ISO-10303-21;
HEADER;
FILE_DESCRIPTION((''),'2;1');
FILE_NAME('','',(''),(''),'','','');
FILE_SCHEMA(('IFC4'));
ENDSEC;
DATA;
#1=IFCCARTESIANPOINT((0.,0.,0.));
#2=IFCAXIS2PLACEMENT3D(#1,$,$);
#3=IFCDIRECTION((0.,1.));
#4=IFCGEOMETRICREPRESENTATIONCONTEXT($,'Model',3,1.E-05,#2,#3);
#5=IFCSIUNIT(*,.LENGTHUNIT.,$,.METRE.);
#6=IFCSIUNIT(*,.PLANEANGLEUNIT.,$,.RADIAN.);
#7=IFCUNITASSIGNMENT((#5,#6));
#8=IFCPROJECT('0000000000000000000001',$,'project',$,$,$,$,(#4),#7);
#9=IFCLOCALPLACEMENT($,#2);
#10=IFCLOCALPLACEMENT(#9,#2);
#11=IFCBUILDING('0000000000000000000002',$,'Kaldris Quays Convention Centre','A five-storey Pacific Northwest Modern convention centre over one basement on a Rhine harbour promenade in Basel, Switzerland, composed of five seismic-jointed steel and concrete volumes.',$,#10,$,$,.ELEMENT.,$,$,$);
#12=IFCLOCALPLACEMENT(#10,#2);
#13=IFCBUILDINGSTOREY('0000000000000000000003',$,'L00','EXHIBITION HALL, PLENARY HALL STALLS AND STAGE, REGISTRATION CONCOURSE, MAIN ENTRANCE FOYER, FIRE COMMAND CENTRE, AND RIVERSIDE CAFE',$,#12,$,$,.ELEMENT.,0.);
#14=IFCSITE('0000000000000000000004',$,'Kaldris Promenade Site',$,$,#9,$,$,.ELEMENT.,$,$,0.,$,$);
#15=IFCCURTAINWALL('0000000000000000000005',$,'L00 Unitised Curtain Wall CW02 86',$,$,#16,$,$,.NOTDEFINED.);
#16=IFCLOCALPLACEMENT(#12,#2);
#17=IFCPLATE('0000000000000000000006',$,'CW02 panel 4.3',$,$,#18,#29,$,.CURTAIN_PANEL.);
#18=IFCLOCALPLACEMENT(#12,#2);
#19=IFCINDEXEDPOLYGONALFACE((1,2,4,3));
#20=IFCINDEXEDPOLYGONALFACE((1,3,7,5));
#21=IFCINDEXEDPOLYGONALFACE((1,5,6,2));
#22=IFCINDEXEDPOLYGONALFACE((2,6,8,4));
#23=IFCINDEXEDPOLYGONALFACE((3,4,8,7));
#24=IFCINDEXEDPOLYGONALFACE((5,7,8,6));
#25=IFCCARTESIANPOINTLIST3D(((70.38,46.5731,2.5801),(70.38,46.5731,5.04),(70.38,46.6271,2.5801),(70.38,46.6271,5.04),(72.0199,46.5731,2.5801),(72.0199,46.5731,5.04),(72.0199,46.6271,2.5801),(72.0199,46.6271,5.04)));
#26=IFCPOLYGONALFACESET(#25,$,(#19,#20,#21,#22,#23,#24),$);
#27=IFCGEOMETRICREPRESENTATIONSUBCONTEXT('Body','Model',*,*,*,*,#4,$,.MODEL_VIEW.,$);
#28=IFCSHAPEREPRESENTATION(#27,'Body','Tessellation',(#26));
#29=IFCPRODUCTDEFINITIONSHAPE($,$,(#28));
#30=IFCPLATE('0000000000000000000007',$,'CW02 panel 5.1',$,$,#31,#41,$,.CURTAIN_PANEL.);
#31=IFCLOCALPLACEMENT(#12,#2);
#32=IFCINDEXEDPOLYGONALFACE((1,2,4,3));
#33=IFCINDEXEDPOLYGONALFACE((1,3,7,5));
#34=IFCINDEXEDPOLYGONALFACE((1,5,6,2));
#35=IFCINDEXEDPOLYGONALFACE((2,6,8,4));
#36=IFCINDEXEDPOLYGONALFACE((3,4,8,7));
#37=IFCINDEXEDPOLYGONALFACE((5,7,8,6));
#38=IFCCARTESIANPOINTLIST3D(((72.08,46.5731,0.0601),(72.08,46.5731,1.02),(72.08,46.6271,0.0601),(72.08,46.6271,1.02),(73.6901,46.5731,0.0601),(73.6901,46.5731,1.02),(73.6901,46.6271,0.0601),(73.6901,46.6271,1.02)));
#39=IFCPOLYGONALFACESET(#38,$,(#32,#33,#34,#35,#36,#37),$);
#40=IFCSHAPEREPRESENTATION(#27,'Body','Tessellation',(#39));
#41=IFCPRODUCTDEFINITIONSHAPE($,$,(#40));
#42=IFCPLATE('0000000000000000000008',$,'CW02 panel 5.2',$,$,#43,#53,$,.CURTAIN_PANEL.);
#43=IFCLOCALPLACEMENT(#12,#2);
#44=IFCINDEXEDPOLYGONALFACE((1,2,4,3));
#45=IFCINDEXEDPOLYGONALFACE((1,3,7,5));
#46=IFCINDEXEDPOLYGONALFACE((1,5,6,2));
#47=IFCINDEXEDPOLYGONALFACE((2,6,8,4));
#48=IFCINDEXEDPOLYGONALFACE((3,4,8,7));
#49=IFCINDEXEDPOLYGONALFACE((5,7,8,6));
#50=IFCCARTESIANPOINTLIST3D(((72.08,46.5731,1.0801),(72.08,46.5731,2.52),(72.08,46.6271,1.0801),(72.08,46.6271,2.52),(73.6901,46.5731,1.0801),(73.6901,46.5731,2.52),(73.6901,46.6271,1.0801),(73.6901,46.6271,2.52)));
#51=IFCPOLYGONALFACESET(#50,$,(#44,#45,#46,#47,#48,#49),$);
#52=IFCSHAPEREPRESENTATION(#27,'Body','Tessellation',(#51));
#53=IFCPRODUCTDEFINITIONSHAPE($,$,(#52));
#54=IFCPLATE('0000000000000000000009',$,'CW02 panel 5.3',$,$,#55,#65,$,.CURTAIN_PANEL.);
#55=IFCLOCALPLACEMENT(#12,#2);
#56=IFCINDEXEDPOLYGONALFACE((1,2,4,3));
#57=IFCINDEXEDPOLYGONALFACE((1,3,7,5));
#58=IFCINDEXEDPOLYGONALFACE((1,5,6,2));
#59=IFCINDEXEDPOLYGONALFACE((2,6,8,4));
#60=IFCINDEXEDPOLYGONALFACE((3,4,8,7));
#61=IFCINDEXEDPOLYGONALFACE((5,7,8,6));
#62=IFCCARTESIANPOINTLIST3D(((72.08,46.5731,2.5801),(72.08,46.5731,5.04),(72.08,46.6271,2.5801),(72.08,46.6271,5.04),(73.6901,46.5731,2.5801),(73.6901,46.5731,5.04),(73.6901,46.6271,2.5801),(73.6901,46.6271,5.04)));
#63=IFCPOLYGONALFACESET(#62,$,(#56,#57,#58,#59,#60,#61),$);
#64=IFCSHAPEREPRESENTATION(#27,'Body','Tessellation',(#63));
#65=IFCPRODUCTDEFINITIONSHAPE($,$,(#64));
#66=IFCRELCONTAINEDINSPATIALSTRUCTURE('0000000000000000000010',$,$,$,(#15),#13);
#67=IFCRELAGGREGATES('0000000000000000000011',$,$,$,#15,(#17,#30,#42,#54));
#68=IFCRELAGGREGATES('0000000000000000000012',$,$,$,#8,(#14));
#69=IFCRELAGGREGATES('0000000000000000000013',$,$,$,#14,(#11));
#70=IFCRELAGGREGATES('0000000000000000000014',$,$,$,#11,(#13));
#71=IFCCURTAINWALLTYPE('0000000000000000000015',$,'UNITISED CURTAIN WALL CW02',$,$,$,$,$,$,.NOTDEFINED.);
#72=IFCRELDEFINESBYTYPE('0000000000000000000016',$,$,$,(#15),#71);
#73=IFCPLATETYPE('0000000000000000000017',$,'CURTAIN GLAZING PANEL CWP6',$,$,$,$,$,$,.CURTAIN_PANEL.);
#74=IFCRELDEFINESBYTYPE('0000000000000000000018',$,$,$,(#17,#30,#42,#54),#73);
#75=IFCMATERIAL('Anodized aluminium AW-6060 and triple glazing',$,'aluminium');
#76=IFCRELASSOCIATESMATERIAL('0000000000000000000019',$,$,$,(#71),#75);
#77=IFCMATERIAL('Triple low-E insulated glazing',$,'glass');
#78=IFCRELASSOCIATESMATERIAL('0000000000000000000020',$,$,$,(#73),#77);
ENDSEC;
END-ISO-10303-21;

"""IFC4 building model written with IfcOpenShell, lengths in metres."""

from ifc_helpers import new_model, si_unit, direction, frame, origin, origin_2d, place, context, subcontext, project, spatial, rectangle, extrude, material, type_object, element, aggregate, save


model = new_model("IFC4")

# Units and contexts
model_context = context("Model", 3, precision=1e-05, world=origin(), true_north=direction((0.0, 1.0)))
body_context = subcontext(model_context, "Body", "Model", "MODEL_VIEW")
ifc_project = project(units=[si_unit("LENGTHUNIT", "METRE"), si_unit("PLANEANGLEUNIT", "RADIAN")], contexts=[model_context])

# Site, building, storey
site_placement = place(None, origin())
site = spatial("IfcSite", under=ifc_project, at=site_placement, Name="Kaldris Promenade Site", CompositionType="ELEMENT", RefElevation=0.0)
building_placement = place(site_placement, origin())
building = spatial("IfcBuilding", under=site, at=building_placement, Name="Kaldris Quays Convention Centre", Description="A five-storey Pacific Northwest Modern convention centre over one basement on a Rhine harbour promenade in Basel, Switzerland, composed of five seismic-jointed steel and concrete volumes.", CompositionType="ELEMENT")
storey_placement = place(building_placement, origin())
storey = spatial("IfcBuildingStorey", under=building, at=storey_placement, Name="L00", Description="EXHIBITION HALL, PLENARY HALL STALLS AND STAGE, REGISTRATION CONCOURSE, MAIN ENTRANCE FOYER, FIRE COMMAND CENTRE, AND RIVERSIDE CAFE", CompositionType="ELEMENT", Elevation=0.0)

# Curtain wall
ifc_material_1 = material(Name="Anodized aluminium AW-6060 and triple glazing", Category="aluminium")
curtain_wall_type = type_object("IfcCurtainWallType", Name="UNITISED CURTAIN WALL CW02", PredefinedType="NOTDEFINED", material=ifc_material_1)
curtain_wall_placement = place(storey_placement, origin())
curtain_wall = element("IfcCurtainWall", 1, at=curtain_wall_placement, inside=storey, type_object=curtain_wall_type, Name="L00 Unitised Curtain Wall CW02 86", PredefinedType="NOTDEFINED")

# Plates
ifc_material_2 = material(Name="Triple low-E insulated glazing", Category="glass")
plate_type = type_object("IfcPlateType", Name="CURTAIN GLAZING PANEL CWP6", PredefinedType="CURTAIN_PANEL", material=ifc_material_2)
plate_1_placement = place(storey_placement, frame((71.2, 46.6001, 2.5801), z_axis=(0.0, 0.0, 1.0), x_axis=(1.0, 0.0, 0.0)))
plate_1 = element("IfcPlate", 2, at=plate_1_placement, type_object=plate_type, Name="CW02 panel 4.3", PredefinedType="CURTAIN_PANEL", context=body_context, shape_type="SweptSolid", body=[
    extrude(rectangle(XDim=1.6399, YDim=0.054, at=origin_2d()), origin(), (0.0, 0.0, 1.0), 2.46),
])
plate_2_placement = place(storey_placement, frame((72.885, 46.6001, 0.0601), z_axis=(0.0, 0.0, 1.0), x_axis=(1.0, 0.0, 0.0)))
plate_2 = element("IfcPlate", 3, at=plate_2_placement, type_object=plate_type, Name="CW02 panel 5.1", PredefinedType="CURTAIN_PANEL", context=body_context, shape_type="SweptSolid", body=[
    extrude(rectangle(XDim=1.6101, YDim=0.054, at=origin_2d()), origin(), (0.0, 0.0, 1.0), 0.96),
])
plate_3_placement = place(storey_placement, frame((72.885, 46.6001, 1.0801), z_axis=(0.0, 0.0, 1.0), x_axis=(1.0, 0.0, 0.0)))
plate_3 = element("IfcPlate", 4, at=plate_3_placement, type_object=plate_type, Name="CW02 panel 5.2", PredefinedType="CURTAIN_PANEL", context=body_context, shape_type="SweptSolid", body=[
    extrude(rectangle(XDim=1.6101, YDim=0.054, at=origin_2d()), origin(), (0.0, 0.0, 1.0), 1.4399),
])
plate_4_placement = place(storey_placement, frame((72.885, 46.6001, 2.5801), z_axis=(0.0, 0.0, 1.0), x_axis=(1.0, 0.0, 0.0)))
plate_4 = element("IfcPlate", 5, at=plate_4_placement, type_object=plate_type, Name="CW02 panel 5.3", PredefinedType="CURTAIN_PANEL", context=body_context, shape_type="SweptSolid", body=[
    extrude(rectangle(XDim=1.6101, YDim=0.054, at=origin_2d()), origin(), (0.0, 0.0, 1.0), 2.46),
])
aggregate(curtain_wall, [plate_1, plate_2, plate_3, plate_4])

save(model, "model.ifc")
